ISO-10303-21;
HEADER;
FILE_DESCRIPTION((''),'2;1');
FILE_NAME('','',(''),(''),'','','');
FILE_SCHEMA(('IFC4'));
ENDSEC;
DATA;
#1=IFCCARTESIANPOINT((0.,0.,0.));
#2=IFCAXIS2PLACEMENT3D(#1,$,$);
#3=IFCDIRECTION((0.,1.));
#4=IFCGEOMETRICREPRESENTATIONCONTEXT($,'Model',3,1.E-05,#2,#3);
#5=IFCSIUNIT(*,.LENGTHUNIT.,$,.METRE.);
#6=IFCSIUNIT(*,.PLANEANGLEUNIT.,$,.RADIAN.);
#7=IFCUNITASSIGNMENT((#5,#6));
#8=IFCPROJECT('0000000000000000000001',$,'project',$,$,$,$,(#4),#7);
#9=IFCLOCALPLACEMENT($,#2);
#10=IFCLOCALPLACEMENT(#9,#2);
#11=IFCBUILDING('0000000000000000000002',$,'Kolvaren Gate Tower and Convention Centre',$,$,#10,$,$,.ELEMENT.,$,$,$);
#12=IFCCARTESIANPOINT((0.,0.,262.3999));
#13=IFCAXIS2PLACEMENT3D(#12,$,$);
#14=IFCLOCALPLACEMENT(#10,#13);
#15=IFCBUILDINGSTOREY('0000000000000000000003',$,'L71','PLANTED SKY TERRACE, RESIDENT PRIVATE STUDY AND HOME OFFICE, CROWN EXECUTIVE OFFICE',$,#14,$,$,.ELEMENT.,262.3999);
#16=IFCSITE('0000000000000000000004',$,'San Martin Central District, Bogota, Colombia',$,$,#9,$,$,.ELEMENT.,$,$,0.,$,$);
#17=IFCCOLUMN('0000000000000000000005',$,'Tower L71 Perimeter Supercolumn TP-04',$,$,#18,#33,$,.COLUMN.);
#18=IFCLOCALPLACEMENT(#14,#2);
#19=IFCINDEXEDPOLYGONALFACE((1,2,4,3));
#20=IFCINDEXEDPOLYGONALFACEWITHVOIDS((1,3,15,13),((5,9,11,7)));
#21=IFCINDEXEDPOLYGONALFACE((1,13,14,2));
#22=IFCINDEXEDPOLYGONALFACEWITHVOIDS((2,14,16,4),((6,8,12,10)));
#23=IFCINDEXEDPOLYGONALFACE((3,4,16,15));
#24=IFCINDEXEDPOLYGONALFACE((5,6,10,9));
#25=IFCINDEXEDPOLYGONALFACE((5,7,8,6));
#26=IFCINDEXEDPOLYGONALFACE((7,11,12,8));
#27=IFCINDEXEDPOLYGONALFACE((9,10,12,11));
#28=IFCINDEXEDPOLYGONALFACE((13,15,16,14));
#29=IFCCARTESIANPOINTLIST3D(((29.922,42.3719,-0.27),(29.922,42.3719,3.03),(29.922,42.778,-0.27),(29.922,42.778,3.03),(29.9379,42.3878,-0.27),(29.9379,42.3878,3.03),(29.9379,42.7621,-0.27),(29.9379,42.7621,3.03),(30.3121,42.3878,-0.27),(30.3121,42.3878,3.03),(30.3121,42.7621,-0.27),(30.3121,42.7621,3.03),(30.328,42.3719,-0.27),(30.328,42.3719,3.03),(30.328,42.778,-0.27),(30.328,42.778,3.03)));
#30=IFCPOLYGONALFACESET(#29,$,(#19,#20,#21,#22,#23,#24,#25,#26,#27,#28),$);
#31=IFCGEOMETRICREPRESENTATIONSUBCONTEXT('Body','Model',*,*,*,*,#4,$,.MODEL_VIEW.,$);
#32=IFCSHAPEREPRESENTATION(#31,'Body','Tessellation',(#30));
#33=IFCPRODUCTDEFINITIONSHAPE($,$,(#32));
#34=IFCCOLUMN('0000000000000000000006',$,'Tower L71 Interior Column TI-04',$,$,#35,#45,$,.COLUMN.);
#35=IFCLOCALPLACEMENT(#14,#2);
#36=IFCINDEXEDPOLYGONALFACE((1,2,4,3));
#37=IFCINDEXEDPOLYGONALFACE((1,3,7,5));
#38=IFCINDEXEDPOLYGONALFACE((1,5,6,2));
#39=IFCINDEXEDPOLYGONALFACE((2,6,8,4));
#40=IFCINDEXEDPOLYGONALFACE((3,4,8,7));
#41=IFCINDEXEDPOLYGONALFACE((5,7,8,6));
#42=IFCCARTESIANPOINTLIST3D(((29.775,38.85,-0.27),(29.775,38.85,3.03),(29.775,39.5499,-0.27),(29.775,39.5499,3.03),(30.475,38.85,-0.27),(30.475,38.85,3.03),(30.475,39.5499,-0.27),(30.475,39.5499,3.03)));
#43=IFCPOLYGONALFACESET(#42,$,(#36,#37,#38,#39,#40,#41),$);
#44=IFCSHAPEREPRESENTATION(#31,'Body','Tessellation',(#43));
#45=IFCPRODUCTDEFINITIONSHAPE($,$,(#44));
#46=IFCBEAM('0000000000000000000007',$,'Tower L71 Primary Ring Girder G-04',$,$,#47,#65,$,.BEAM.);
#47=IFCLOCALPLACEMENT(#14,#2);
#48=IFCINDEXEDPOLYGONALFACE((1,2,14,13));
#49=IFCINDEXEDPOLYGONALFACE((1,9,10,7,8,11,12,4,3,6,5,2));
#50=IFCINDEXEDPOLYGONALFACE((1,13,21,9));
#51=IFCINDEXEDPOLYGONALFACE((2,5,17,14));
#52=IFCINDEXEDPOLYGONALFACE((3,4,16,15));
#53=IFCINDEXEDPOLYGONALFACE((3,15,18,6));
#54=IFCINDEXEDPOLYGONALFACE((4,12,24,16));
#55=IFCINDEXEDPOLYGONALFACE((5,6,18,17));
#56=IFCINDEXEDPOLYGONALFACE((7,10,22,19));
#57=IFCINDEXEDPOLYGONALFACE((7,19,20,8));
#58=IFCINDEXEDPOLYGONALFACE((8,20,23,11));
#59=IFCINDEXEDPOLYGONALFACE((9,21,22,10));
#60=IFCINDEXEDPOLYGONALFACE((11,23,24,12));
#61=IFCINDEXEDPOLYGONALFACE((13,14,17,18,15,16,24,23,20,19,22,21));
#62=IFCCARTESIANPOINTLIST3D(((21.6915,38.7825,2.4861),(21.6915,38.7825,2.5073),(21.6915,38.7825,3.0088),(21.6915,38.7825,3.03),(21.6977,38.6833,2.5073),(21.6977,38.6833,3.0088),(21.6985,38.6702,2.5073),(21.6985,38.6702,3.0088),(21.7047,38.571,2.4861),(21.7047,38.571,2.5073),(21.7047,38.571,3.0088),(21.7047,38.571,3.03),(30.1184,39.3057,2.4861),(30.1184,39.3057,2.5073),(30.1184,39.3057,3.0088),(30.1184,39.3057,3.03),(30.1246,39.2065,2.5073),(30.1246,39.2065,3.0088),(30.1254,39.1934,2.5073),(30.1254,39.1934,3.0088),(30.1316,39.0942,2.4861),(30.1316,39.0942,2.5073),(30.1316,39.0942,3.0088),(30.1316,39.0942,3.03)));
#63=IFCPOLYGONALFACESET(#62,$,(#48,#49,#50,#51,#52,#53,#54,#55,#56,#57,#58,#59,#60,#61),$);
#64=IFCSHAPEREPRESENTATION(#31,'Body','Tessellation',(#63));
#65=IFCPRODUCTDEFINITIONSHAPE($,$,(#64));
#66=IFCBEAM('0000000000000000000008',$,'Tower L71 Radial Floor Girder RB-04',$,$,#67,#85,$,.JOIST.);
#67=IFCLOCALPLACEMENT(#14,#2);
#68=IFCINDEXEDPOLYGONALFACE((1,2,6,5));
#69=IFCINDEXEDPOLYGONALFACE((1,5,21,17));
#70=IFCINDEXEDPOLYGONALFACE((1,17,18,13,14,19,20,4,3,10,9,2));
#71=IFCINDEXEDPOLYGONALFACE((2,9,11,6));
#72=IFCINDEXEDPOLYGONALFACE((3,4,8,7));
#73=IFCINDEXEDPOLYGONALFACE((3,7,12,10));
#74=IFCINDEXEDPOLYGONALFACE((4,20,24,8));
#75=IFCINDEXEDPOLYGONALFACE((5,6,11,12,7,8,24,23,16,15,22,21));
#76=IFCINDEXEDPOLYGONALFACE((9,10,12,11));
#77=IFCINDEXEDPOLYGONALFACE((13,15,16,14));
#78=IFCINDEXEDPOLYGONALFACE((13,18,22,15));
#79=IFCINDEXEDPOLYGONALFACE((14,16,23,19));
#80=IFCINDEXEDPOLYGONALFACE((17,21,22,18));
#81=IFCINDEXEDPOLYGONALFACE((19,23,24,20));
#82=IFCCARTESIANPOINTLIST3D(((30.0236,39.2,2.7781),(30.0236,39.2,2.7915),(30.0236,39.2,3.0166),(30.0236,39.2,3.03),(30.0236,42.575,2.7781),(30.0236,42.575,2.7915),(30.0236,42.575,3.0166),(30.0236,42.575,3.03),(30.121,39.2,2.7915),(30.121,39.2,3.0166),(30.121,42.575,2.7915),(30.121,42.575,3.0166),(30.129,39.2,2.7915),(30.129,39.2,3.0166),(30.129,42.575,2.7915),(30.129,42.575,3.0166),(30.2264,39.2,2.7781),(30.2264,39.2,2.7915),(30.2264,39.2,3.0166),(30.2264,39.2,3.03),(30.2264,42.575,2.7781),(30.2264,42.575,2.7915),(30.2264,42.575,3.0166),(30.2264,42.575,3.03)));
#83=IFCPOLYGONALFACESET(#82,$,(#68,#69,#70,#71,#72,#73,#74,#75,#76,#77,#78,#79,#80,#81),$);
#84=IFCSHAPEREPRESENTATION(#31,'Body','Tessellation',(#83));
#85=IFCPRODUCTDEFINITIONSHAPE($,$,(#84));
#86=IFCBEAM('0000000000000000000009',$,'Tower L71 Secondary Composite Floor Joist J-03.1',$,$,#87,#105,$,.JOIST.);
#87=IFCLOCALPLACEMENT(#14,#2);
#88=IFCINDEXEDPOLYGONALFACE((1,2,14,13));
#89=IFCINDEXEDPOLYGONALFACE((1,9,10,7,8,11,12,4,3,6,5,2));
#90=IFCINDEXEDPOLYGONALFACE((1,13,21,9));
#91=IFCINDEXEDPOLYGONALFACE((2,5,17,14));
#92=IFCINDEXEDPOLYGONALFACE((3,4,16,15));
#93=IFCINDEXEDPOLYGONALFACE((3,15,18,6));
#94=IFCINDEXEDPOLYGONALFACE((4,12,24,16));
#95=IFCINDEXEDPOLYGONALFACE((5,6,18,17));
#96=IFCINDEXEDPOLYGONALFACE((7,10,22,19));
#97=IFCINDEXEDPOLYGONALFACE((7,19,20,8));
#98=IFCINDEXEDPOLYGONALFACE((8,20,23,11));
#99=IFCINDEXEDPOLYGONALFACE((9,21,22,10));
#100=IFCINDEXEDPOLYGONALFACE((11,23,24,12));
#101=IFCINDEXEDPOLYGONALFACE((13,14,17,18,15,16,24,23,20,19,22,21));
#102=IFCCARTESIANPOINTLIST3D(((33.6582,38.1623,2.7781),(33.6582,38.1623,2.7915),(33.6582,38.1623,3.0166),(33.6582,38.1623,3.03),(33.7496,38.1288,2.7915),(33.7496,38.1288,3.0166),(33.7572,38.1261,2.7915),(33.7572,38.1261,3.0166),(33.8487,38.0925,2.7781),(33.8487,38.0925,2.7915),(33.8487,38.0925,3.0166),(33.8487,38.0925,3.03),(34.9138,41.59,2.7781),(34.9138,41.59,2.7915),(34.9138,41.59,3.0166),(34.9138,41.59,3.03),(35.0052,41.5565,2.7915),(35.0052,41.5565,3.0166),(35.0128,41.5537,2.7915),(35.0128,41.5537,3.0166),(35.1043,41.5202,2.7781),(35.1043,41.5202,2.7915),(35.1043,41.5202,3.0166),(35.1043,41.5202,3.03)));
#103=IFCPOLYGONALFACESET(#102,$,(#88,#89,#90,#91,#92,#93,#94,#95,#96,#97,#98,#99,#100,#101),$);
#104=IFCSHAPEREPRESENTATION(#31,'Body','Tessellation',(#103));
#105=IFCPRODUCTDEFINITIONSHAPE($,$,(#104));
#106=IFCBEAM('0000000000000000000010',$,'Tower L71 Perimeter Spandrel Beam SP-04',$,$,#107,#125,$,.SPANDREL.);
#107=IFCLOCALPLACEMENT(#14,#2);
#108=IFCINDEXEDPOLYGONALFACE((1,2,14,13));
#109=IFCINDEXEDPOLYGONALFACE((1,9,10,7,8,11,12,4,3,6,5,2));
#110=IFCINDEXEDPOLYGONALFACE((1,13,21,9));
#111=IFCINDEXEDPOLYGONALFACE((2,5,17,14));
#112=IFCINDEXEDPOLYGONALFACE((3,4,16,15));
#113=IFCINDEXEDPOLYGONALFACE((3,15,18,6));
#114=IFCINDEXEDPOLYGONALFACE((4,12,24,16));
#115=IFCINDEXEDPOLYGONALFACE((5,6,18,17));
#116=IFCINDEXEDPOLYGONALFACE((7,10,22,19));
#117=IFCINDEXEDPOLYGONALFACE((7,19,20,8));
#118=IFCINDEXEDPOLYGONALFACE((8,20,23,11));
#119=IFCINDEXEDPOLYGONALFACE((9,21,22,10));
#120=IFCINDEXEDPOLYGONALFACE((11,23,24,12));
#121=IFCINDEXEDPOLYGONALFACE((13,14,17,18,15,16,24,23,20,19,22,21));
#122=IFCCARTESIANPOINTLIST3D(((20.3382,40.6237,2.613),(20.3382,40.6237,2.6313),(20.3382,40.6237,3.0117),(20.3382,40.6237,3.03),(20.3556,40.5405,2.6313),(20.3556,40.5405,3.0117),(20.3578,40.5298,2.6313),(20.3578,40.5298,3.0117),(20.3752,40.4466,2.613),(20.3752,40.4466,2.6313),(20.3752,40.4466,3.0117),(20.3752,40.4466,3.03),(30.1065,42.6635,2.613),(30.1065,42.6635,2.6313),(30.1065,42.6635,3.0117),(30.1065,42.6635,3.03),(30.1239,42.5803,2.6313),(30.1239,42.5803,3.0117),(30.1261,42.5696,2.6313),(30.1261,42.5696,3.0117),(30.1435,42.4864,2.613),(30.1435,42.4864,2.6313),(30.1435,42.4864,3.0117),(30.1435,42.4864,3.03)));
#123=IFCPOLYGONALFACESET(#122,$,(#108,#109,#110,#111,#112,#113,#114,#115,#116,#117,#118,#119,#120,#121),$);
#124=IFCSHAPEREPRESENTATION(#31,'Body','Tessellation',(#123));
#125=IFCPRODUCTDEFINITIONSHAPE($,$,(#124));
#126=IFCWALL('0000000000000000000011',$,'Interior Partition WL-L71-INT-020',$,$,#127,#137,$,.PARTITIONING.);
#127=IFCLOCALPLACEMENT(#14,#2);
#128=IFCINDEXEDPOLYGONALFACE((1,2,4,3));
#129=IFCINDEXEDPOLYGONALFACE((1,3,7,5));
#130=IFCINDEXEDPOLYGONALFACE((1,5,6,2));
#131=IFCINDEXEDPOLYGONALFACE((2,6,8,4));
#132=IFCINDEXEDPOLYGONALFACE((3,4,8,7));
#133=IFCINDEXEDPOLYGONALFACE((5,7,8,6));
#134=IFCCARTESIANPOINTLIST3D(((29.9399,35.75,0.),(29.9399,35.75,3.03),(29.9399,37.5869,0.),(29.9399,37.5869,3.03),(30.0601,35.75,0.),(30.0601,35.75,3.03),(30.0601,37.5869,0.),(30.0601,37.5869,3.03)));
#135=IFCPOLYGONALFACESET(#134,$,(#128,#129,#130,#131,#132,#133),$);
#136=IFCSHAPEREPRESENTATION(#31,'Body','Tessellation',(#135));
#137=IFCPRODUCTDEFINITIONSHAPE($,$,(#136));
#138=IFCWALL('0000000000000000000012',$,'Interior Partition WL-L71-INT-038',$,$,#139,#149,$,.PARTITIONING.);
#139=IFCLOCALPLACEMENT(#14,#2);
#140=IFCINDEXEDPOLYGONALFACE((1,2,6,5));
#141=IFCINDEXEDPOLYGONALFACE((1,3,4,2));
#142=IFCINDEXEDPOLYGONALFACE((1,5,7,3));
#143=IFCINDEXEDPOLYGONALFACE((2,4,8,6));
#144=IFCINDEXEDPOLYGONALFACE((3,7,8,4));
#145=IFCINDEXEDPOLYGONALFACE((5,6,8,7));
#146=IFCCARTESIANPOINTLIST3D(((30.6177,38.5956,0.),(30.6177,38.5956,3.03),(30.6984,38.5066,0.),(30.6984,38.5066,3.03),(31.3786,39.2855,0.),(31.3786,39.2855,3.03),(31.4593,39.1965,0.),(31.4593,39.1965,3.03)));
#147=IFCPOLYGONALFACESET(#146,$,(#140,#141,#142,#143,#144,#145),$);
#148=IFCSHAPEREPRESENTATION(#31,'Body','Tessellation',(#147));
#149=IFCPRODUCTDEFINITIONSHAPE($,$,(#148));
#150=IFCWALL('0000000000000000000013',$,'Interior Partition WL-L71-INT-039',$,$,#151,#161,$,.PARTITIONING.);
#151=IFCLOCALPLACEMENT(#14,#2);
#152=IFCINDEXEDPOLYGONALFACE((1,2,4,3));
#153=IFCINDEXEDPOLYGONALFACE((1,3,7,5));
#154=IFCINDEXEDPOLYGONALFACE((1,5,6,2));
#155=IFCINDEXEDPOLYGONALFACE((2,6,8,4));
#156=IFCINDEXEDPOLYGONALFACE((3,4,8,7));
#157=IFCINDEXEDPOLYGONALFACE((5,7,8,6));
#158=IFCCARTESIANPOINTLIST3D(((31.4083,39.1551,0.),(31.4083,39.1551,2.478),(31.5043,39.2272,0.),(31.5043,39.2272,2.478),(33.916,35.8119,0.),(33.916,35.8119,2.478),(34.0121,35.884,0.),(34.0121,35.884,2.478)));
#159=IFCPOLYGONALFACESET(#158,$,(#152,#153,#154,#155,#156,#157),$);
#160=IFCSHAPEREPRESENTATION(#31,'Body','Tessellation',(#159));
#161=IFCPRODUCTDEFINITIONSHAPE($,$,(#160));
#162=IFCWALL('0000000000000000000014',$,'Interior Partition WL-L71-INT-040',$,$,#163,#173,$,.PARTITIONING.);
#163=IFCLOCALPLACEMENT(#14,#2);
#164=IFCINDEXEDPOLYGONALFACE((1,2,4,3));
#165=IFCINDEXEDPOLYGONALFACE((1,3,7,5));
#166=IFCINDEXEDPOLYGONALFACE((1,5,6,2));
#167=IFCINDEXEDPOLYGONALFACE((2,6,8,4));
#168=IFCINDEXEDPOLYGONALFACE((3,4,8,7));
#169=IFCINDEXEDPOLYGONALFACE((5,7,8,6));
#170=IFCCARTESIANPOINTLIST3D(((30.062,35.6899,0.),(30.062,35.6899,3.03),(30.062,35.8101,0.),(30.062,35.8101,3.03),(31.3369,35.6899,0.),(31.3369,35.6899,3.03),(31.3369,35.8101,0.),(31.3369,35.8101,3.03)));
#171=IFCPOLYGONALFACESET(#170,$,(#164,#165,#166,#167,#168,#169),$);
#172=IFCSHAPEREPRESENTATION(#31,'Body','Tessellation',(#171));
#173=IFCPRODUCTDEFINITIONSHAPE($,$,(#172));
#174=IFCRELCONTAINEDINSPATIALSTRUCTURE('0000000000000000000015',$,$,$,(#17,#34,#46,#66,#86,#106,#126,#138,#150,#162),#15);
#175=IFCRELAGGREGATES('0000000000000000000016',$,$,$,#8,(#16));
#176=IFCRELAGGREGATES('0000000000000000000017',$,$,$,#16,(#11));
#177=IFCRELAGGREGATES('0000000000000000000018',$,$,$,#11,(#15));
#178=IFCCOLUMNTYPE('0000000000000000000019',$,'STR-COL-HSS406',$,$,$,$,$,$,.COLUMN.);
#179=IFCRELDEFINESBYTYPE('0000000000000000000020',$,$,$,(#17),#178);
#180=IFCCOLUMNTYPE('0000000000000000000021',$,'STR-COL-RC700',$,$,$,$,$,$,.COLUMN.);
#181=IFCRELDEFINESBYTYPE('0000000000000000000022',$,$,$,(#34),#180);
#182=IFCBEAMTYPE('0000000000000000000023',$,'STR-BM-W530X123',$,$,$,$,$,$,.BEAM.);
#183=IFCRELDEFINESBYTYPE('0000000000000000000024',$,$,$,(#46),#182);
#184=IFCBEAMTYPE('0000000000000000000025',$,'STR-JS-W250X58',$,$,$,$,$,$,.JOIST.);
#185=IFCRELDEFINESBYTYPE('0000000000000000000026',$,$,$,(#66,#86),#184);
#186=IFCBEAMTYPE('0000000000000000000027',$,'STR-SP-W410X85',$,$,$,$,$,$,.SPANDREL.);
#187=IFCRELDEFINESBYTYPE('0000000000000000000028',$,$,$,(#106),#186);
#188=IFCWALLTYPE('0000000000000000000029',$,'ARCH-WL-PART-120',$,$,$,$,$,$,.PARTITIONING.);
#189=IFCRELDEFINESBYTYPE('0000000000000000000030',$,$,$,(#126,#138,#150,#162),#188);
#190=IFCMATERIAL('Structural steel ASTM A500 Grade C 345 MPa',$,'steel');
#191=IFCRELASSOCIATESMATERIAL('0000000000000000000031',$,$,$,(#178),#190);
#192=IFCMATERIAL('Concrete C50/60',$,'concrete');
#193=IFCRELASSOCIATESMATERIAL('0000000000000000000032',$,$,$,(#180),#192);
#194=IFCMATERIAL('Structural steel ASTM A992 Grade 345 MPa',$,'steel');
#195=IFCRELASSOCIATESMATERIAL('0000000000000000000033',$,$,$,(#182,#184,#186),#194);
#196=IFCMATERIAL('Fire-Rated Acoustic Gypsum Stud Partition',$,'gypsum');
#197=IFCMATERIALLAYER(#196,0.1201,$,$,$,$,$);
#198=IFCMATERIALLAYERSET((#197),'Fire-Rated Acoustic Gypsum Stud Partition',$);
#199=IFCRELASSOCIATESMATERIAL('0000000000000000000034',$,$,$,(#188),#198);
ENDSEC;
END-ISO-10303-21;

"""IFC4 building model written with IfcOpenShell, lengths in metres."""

from ifc_helpers import new_model, si_unit, direction, frame, frame_2d, origin, origin_2d, place, context, subcontext, project, spatial, rectangle, hollow_rectangle, i_section, extrude, material, layer, layer_set, material_profile, profile_set, type_object, element, save


model = new_model("IFC4")

# Units and contexts
model_context = context("Model", 3, precision=1e-05, world=origin(), true_north=direction((0.0, 1.0)))
body_context = subcontext(model_context, "Body", "Model", "MODEL_VIEW")
ifc_project = project(units=[si_unit("LENGTHUNIT", "METRE"), si_unit("PLANEANGLEUNIT", "RADIAN")], contexts=[model_context])

# Site, building, storey
site_placement = place(None, origin())
site = spatial("IfcSite", under=ifc_project, at=site_placement, Name="San Martin Central District, Bogota, Colombia", CompositionType="ELEMENT", RefElevation=0.0)
building_placement = place(site_placement, origin())
building = spatial("IfcBuilding", under=site, at=building_placement, Name="Kolvaren Gate Tower and Convention Centre", CompositionType="ELEMENT")
storey_placement = place(building_placement, frame((0.0, 0.0, 262.3999)))
storey = spatial("IfcBuildingStorey", under=building, at=storey_placement, Name="L71", Description="PLANTED SKY TERRACE, RESIDENT PRIVATE STUDY AND HOME OFFICE, CROWN EXECUTIVE OFFICE", CompositionType="ELEMENT", Elevation=262.3999)

# Columns
ifc_material_1 = material(Name="Structural steel ASTM A500 Grade C 345 MPa", Category="steel")
ifc_material_profile_1 = material_profile(ifc_material_1, hollow_rectangle(XDim=0.406, YDim=0.406, WallThickness=0.0159, at=origin_2d()), Name="HSS406X406X15.9")
ifc_profile_set_1 = profile_set([ifc_material_profile_1], Name="Structural steel ASTM A500 Grade C 345 MPa")
column_type_1 = type_object("IfcColumnType", Name="STR-COL-HSS406", PredefinedType="COLUMN", material=ifc_profile_set_1)
column_1_placement = place(storey_placement, frame((30.125, 42.575, -0.27), z_axis=(0.0, 0.0, 1.0), x_axis=(1.0, 0.0, 0.0)))
element("IfcColumn", 1, at=column_1_placement, inside=storey, type_object=column_type_1, Name="Tower L71 Perimeter Supercolumn TP-04", PredefinedType="COLUMN", context=body_context, shape_type="SweptSolid", body=[
    extrude(hollow_rectangle(XDim=0.406, YDim=0.406, WallThickness=0.0159, at=origin_2d()), origin(), (0.0, 0.0, 1.0), 3.3),
])
ifc_material_2 = material(Name="Concrete C50/60", Category="concrete")
ifc_material_profile_2 = material_profile(ifc_material_2, rectangle(XDim=0.7, YDim=0.7, at=origin_2d()), Name="RC-COL-700X700")
ifc_profile_set_2 = profile_set([ifc_material_profile_2], Name="Concrete C50/60")
column_type_2 = type_object("IfcColumnType", Name="STR-COL-RC700", PredefinedType="COLUMN", material=ifc_profile_set_2)
column_2_placement = place(storey_placement, frame((30.125, 39.2, -0.27), z_axis=(0.0, 0.0, 1.0), x_axis=(1.0, 0.0, 0.0)))
element("IfcColumn", 2, at=column_2_placement, inside=storey, type_object=column_type_2, Name="Tower L71 Interior Column TI-04", PredefinedType="COLUMN", context=body_context, shape_type="SweptSolid", body=[
    extrude(rectangle(XDim=0.7, YDim=0.7, at=origin_2d()), origin(), (0.0, 0.0, 1.0), 3.3),
])

# Beams
ifc_material_3 = material(Name="Structural steel ASTM A992 Grade 345 MPa", Category="steel")
ifc_material_profile_3 = material_profile(ifc_material_3, i_section(OverallWidth=0.2119, OverallDepth=0.5439, WebThickness=0.0132, FlangeThickness=0.0212, at=origin_2d()), Name="W530X123")
ifc_profile_set_3 = profile_set([ifc_material_profile_3], Name="Structural steel ASTM A992 Grade 345 MPa")
beam_type_1 = type_object("IfcBeamType", Name="STR-BM-W530X123", PredefinedType="BEAM", material=ifc_profile_set_3)
beam_1_placement = place(storey_placement, frame((30.125, 39.2, 2.7581), z_axis=(-0.998078, -0.061966, 0.0), x_axis=(0.061966, -0.998078, 0.0)))
element("IfcBeam", 3, at=beam_1_placement, inside=storey, type_object=beam_type_1, Name="Tower L71 Primary Ring Girder G-04", PredefinedType="BEAM", context=body_context, shape_type="SweptSolid", body=[
    extrude(i_section(OverallWidth=0.2119, OverallDepth=0.5439, WebThickness=0.0132, FlangeThickness=0.0212, at=origin_2d()), origin(), (0.0, 0.0, 1.0), 8.4431),
])
ifc_material_profile_4 = material_profile(ifc_material_3, i_section(OverallWidth=0.2029, OverallDepth=0.252, WebThickness=0.0081, FlangeThickness=0.0134, at=origin_2d()), Name="W250X58")
ifc_profile_set_4 = profile_set([ifc_material_profile_4], Name="Structural steel ASTM A992 Grade 345 MPa")
beam_type_2 = type_object("IfcBeamType", Name="STR-JS-W250X58", PredefinedType="JOIST", material=ifc_profile_set_4)
beam_2_placement = place(storey_placement, frame((30.125, 39.2, 2.9041), z_axis=(0.0, 1.0, 0.0), x_axis=(-1.0, 0.0, 0.0)))
element("IfcBeam", 4, at=beam_2_placement, inside=storey, type_object=beam_type_2, Name="Tower L71 Radial Floor Girder RB-04", PredefinedType="JOIST", context=body_context, shape_type="SweptSolid", body=[
    extrude(i_section(OverallWidth=0.2029, OverallDepth=0.252, WebThickness=0.0081, FlangeThickness=0.0134, at=origin_2d()), origin(), (0.0, 0.0, 1.0), 3.375),
])
beam_3_placement = place(storey_placement, frame((33.7534, 38.1274, 2.9041), z_axis=(0.34396, 0.938984, 0.0), x_axis=(-0.938984, 0.34396, 0.0)))
element("IfcBeam", 5, at=beam_3_placement, inside=storey, type_object=beam_type_2, Name="Tower L71 Secondary Composite Floor Joist J-03.1", PredefinedType="JOIST", context=body_context, shape_type="SweptSolid", body=[
    extrude(i_section(OverallWidth=0.2029, OverallDepth=0.252, WebThickness=0.0081, FlangeThickness=0.0134, at=origin_2d()), origin(), (0.0, 0.0, 1.0), 3.6504),
])
ifc_material_profile_5 = material_profile(ifc_material_3, i_section(OverallWidth=0.1809, OverallDepth=0.417, WebThickness=0.011, FlangeThickness=0.0183, at=origin_2d()), Name="W410X85")
ifc_profile_set_5 = profile_set([ifc_material_profile_5], Name="Structural steel ASTM A992 Grade 345 MPa")
beam_type_3 = type_object("IfcBeamType", Name="STR-SP-W410X85", PredefinedType="SPANDREL", material=ifc_profile_set_5)
beam_4_placement = place(storey_placement, frame((30.125, 42.575, 2.8215), z_axis=(-0.978886, -0.204409, 0.0), x_axis=(0.204409, -0.978886, 0.0)))
element("IfcBeam", 6, at=beam_4_placement, inside=storey, type_object=beam_type_3, Name="Tower L71 Perimeter Spandrel Beam SP-04", PredefinedType="SPANDREL", context=body_context, shape_type="SweptSolid", body=[
    extrude(i_section(OverallWidth=0.1809, OverallDepth=0.417, WebThickness=0.011, FlangeThickness=0.0183, at=origin_2d()), origin(), (0.0, 0.0, 1.0), 9.979),
])

# Walls
ifc_material_4 = material(Name="Fire-Rated Acoustic Gypsum Stud Partition", Category="gypsum")
ifc_layer_1 = layer(ifc_material_4, 0.1201)
ifc_layer_set_1 = layer_set([ifc_layer_1], Name="Fire-Rated Acoustic Gypsum Stud Partition")
wall_type_1 = type_object("IfcWallType", Name="ARCH-WL-PART-120", PredefinedType="PARTITIONING", material=ifc_layer_set_1)
wall_1_placement = place(storey_placement, frame((30.0, 35.75, 0.0), z_axis=(0.0, 0.0, 1.0), x_axis=(0.0, 1.0, 0.0)))
element("IfcWall", 7, at=wall_1_placement, inside=storey, type_object=wall_type_1, Name="Interior Partition WL-L71-INT-020", PredefinedType="PARTITIONING", context=body_context, shape_type="SweptSolid", body=[
    extrude(rectangle(XDim=1.8369, YDim=0.1201, at=frame_2d((0.9185, 0.0))), origin(), (0.0, 0.0, 1.0), 3.03),
])
wall_2_placement = place(storey_placement, frame((30.658, 38.551, 0.0), z_axis=(0.0, 0.0, 1.0), x_axis=(0.740843, 0.671678, 0.0)))
element("IfcWall", 8, at=wall_2_placement, inside=storey, type_object=wall_type_1, Name="Interior Partition WL-L71-INT-038", PredefinedType="PARTITIONING", context=body_context, shape_type="SweptSolid", body=[
    extrude(rectangle(XDim=1.0271, YDim=0.1201, at=frame_2d((0.5137, 0.0))), origin(), (0.0, 0.0, 1.0), 3.03),
])
wall_3_placement = place(storey_placement, frame((31.4563, 39.1912, 0.0), z_axis=(0.0, 0.0, 1.0), x_axis=(0.600056, -0.799958, 0.0)))
element("IfcWall", 9, at=wall_3_placement, inside=storey, type_object=wall_type_1, Name="Interior Partition WL-L71-INT-039", PredefinedType="PARTITIONING", context=body_context, shape_type="SweptSolid", body=[
    extrude(rectangle(XDim=4.1792, YDim=0.1201, at=frame_2d((2.0896, 0.0))), origin(), (0.0, 0.0, 1.0), 2.478),
])
wall_4_placement = place(storey_placement, frame((30.062, 35.75, 0.0), z_axis=(0.0, 0.0, 1.0), x_axis=(1.0, 0.0, 0.0)))
element("IfcWall", 10, at=wall_4_placement, inside=storey, type_object=wall_type_1, Name="Interior Partition WL-L71-INT-040", PredefinedType="PARTITIONING", context=body_context, shape_type="SweptSolid", body=[
    extrude(rectangle(XDim=1.2749, YDim=0.1201, at=frame_2d((0.6375, 0.0))), origin(), (0.0, 0.0, 1.0), 3.03),
])

save(model, "model.ifc")
